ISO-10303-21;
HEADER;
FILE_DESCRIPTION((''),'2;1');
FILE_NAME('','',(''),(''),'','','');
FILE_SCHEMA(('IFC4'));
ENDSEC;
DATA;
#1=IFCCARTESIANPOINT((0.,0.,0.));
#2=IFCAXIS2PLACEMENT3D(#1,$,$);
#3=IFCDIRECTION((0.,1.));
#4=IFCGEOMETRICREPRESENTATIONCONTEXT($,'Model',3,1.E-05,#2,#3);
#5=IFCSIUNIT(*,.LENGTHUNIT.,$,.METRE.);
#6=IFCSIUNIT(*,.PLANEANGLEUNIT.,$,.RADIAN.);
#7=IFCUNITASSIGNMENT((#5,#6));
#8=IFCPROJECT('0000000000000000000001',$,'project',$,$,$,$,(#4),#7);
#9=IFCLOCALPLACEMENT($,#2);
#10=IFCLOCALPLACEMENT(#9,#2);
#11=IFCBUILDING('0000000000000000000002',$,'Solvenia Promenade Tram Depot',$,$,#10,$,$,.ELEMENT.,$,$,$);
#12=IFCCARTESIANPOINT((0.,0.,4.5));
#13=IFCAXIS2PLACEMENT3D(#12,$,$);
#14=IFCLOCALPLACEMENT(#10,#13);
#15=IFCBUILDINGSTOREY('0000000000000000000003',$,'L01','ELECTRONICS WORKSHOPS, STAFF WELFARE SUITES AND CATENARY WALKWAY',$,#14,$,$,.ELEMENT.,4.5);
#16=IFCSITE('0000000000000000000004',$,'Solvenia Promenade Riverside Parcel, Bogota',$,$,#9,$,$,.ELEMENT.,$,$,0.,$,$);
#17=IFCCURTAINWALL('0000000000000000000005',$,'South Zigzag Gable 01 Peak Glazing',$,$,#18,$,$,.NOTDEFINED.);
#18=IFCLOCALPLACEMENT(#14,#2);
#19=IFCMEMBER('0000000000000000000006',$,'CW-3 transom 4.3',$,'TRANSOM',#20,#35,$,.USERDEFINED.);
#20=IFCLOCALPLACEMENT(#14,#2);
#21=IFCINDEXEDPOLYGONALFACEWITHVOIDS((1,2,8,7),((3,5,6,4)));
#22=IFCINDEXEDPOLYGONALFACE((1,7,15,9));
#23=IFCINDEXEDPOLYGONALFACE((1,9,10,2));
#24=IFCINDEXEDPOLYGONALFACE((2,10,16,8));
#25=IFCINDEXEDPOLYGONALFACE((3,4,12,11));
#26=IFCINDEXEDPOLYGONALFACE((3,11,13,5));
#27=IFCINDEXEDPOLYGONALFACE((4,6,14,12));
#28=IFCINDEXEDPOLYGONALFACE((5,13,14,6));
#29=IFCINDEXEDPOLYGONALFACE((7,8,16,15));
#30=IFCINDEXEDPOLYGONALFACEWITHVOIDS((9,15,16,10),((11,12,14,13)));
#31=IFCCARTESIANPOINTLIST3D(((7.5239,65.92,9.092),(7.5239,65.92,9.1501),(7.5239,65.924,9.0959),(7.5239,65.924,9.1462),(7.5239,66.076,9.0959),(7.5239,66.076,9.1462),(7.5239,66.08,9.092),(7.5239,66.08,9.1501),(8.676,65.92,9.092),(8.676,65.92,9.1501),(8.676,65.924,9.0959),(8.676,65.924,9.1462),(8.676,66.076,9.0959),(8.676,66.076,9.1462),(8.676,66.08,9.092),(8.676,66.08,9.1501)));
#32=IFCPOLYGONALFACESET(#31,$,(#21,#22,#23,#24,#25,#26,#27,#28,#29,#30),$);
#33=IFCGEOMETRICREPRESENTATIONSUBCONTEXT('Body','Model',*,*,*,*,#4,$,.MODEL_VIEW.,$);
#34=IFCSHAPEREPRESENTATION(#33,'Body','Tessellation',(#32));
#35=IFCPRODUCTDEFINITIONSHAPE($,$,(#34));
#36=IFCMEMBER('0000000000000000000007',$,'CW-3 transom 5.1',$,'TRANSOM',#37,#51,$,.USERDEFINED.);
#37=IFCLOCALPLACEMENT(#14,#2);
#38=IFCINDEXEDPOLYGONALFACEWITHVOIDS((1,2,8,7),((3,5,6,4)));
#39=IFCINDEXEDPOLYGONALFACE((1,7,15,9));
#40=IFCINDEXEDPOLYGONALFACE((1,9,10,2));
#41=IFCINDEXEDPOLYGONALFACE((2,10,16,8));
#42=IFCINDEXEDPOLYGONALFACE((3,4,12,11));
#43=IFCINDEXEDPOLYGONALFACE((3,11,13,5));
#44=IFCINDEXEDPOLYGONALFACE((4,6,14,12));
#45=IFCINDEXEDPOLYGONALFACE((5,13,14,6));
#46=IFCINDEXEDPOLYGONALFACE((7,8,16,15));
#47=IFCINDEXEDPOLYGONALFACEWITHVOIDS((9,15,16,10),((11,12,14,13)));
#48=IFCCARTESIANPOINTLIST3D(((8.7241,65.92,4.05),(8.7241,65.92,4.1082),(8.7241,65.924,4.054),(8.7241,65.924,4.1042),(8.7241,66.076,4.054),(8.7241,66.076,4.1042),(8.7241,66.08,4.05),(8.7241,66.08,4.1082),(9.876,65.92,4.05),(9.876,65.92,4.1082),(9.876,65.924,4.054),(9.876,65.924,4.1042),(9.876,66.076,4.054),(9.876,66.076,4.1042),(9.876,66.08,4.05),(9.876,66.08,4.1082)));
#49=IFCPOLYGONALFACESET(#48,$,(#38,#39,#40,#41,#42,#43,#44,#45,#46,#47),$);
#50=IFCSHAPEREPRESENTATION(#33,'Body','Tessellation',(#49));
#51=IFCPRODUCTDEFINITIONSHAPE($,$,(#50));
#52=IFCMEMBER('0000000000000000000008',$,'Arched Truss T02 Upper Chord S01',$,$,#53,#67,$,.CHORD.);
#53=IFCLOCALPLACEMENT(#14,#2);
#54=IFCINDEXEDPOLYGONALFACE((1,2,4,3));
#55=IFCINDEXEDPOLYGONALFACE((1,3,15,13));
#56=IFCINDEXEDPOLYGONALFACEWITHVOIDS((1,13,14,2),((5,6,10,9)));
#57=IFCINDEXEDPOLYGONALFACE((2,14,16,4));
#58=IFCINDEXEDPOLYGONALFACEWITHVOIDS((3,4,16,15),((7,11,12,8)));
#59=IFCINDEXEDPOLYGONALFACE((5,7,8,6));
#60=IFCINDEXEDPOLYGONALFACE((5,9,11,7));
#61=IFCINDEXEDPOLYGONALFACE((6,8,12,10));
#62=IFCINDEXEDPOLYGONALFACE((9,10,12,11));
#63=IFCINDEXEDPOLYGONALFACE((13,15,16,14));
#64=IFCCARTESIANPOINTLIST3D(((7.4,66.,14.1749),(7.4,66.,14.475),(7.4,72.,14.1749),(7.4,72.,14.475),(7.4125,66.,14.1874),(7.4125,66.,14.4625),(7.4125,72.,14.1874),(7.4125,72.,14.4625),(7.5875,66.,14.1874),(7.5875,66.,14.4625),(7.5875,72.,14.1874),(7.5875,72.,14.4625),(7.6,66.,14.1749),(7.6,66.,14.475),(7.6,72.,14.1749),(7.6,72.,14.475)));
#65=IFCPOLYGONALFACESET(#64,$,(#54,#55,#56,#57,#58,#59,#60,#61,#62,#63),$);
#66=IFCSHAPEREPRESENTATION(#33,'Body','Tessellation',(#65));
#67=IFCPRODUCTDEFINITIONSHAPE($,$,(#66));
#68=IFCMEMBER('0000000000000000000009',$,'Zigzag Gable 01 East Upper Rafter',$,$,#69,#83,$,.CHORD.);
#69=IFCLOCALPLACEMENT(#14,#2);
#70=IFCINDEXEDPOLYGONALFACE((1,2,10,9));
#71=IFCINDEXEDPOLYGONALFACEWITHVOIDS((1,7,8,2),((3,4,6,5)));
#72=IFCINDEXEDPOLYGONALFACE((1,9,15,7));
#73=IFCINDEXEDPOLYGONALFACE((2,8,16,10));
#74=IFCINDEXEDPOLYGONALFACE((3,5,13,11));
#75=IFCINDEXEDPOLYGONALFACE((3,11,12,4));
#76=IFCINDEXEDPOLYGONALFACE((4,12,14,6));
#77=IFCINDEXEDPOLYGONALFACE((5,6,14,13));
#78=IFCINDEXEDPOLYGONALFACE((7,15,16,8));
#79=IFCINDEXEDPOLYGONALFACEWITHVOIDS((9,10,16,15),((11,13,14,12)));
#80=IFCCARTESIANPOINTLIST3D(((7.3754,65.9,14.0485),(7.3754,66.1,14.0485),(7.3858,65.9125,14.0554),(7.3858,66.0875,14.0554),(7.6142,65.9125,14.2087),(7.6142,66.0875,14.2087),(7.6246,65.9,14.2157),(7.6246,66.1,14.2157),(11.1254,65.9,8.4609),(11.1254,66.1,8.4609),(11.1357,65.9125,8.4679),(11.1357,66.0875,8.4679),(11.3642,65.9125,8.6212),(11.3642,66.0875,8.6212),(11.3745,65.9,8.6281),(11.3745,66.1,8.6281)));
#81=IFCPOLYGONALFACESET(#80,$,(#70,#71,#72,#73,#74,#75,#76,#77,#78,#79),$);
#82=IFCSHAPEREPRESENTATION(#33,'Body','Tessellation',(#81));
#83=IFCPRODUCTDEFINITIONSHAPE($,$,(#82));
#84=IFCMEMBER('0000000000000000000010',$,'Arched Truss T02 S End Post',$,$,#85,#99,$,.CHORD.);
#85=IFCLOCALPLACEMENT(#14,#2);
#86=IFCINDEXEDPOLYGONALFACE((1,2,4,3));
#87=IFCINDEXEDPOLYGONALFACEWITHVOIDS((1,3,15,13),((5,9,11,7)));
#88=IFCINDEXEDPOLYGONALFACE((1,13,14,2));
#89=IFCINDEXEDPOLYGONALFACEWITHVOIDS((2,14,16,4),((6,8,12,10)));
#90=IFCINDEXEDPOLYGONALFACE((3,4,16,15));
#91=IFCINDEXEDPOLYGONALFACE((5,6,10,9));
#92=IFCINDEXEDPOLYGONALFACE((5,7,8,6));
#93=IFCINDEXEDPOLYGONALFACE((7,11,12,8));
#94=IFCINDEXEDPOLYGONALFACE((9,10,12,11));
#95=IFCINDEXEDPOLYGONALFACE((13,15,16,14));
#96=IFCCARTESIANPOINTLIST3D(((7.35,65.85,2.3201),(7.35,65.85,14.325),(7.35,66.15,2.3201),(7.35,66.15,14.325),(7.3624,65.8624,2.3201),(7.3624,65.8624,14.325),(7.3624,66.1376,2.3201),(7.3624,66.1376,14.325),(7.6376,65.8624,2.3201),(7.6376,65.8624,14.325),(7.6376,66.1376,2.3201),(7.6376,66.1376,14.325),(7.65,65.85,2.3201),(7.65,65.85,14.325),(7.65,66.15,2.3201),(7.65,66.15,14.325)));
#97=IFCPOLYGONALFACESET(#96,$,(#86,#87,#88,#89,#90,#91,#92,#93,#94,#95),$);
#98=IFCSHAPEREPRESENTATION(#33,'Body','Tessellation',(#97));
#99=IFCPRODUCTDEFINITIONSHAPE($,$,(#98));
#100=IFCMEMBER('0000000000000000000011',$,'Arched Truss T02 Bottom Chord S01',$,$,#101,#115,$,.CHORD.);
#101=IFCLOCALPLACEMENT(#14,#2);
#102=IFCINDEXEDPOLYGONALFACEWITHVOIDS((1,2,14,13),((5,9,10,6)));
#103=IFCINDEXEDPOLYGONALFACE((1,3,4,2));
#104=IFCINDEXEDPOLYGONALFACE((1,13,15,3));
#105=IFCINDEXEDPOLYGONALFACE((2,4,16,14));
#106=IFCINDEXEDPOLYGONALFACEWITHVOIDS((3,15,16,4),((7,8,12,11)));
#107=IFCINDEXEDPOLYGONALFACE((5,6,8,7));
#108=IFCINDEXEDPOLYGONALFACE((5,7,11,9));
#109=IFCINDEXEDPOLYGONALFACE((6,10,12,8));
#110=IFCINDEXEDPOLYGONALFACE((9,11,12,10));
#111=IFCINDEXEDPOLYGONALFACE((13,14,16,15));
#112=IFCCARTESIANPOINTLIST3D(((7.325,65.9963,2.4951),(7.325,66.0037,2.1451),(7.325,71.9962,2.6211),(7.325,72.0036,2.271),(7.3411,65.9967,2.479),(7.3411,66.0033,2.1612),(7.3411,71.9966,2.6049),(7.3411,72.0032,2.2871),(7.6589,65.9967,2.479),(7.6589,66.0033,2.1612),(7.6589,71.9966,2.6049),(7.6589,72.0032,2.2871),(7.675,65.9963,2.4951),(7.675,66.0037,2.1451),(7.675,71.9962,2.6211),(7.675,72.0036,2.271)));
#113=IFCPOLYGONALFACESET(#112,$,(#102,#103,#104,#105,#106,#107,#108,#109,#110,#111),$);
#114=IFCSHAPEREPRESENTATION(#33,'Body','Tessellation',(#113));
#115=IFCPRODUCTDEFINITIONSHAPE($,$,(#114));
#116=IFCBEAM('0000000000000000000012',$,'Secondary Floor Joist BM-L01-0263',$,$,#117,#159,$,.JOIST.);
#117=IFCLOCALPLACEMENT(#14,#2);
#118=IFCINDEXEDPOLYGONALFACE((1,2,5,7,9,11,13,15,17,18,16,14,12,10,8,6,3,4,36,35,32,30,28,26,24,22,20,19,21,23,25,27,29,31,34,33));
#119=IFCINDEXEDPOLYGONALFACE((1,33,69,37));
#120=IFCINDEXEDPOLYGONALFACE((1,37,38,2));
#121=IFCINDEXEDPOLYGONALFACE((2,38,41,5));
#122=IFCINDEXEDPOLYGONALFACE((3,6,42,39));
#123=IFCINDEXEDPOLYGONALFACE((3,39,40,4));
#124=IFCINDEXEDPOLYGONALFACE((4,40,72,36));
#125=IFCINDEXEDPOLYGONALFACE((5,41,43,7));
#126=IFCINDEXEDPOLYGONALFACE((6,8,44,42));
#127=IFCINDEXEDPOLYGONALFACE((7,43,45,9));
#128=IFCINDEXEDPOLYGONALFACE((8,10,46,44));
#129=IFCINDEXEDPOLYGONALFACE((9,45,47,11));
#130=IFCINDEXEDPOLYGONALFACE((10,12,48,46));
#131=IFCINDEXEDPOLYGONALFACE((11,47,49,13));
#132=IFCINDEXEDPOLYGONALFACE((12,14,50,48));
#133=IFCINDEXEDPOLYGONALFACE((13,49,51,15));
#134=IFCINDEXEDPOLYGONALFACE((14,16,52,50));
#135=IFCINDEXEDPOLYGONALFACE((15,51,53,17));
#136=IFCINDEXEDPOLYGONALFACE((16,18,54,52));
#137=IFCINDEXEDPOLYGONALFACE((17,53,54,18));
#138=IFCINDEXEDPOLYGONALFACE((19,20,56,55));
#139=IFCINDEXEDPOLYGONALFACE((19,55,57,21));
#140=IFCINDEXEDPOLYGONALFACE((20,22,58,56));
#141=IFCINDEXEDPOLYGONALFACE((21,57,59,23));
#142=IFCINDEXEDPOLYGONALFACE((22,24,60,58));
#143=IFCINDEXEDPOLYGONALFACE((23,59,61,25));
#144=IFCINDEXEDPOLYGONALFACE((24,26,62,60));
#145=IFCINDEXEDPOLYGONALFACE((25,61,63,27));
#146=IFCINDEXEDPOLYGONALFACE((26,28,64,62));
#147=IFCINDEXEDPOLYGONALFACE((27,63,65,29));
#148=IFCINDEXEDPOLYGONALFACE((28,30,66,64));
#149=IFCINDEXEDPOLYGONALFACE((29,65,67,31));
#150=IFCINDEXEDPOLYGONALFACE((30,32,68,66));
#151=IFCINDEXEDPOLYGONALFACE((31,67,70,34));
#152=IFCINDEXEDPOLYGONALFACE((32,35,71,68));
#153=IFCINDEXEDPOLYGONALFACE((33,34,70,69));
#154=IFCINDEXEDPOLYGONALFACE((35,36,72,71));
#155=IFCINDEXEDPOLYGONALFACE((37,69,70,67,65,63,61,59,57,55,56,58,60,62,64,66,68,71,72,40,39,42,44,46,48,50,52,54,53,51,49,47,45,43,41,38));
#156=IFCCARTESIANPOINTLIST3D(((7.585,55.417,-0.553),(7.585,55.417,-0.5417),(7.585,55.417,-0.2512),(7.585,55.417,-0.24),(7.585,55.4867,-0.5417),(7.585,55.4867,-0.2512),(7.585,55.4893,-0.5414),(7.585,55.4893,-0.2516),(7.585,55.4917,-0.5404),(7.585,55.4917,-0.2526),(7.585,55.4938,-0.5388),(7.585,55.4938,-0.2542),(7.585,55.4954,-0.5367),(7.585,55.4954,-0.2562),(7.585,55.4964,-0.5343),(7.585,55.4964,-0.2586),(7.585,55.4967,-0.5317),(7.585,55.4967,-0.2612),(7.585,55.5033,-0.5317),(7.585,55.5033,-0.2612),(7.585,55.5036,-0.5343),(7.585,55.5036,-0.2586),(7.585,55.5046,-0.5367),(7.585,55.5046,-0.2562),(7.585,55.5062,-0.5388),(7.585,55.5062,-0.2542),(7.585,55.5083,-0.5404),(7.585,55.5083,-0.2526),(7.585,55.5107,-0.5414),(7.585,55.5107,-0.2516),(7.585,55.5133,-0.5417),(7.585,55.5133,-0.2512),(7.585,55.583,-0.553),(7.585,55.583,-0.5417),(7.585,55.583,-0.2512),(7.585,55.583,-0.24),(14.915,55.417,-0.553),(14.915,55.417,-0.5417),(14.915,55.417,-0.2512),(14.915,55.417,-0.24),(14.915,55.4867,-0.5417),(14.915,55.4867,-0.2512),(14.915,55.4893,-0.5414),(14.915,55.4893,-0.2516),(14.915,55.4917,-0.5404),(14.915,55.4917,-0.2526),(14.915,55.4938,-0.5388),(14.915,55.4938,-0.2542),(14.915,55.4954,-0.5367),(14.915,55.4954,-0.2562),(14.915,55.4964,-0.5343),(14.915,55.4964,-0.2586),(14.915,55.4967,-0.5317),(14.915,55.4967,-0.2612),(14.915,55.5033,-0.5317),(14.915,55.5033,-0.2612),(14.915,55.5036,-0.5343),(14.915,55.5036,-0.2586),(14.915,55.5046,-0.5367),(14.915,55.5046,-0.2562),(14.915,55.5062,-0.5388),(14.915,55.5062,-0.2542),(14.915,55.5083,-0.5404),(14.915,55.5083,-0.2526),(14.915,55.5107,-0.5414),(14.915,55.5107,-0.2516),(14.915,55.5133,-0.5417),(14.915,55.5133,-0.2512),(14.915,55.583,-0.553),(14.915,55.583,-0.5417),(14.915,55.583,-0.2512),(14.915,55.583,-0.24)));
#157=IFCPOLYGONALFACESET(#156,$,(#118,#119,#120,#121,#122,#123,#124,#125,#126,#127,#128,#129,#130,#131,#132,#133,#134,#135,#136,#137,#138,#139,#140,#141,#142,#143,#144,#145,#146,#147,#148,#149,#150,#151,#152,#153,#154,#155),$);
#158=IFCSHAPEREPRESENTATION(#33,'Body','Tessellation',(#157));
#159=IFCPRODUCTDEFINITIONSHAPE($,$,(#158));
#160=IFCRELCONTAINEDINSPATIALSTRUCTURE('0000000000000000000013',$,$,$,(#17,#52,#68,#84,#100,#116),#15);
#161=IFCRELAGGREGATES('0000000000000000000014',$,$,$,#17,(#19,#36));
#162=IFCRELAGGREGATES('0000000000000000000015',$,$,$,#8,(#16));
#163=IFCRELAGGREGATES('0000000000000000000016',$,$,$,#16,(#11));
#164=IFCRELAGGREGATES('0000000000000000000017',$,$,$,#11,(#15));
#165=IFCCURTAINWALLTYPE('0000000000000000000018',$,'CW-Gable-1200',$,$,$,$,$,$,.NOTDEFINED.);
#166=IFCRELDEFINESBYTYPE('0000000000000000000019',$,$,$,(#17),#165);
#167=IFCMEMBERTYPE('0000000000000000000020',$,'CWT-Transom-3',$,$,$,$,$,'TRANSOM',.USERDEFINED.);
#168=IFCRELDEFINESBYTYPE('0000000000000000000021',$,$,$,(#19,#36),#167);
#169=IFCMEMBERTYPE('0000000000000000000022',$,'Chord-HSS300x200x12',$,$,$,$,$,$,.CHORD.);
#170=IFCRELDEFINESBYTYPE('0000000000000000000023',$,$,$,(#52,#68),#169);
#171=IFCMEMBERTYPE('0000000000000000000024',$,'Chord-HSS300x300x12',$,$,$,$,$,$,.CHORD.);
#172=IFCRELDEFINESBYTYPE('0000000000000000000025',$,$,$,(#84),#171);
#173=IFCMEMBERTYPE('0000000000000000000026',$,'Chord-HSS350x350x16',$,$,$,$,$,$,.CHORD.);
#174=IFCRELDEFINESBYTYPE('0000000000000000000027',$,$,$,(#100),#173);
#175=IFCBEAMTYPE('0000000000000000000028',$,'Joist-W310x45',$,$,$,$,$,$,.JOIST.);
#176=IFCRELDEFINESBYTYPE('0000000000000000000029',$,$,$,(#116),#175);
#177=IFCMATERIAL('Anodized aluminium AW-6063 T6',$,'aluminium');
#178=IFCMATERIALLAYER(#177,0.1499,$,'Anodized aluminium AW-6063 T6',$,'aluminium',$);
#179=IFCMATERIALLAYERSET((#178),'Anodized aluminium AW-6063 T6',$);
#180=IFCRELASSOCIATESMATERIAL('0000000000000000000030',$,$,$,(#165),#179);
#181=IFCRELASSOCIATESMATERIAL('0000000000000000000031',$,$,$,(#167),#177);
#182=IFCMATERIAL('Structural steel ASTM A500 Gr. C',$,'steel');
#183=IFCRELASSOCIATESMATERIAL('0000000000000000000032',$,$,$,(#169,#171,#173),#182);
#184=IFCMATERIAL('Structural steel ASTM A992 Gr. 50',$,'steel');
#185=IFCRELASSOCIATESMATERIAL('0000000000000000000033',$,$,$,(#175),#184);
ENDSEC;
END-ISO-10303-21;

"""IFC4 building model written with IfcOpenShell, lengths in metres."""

from ifc_helpers import new_model, si_unit, direction, frame, origin, origin_2d, place, context, subcontext, project, spatial, hollow_rectangle, i_section, extrude, material, layer, layer_set, material_profile, profile_set, type_object, element, aggregate, save


model = new_model("IFC4")

# Units and contexts
model_context = context("Model", 3, precision=1e-05, world=origin(), true_north=direction((0.0, 1.0)))
body_context = subcontext(model_context, "Body", "Model", "MODEL_VIEW")
ifc_project = project(units=[si_unit("LENGTHUNIT", "METRE"), si_unit("PLANEANGLEUNIT", "RADIAN")], contexts=[model_context])

# Site, building, storey
site_placement = place(None, origin())
site = spatial("IfcSite", under=ifc_project, at=site_placement, Name="Solvenia Promenade Riverside Parcel, Bogota", CompositionType="ELEMENT", RefElevation=0.0)
building_placement = place(site_placement, origin())
building = spatial("IfcBuilding", under=site, at=building_placement, Name="Solvenia Promenade Tram Depot", CompositionType="ELEMENT")
storey_placement = place(building_placement, frame((0.0, 0.0, 4.5)))
storey = spatial("IfcBuildingStorey", under=building, at=storey_placement, Name="L01", Description="ELECTRONICS WORKSHOPS, STAFF WELFARE SUITES AND CATENARY WALKWAY", CompositionType="ELEMENT", Elevation=4.5)

# Shared definitions
ifc_material_1 = material(Name="Structural steel ASTM A992 Gr. 50", Category="steel")

# Shared definitions
ifc_material_2 = material(Name="Structural steel ASTM A500 Gr. C", Category="steel")

# Curtain wall, members
ifc_material_3 = material(Name="Anodized aluminium AW-6063 T6", Category="aluminium")
ifc_layer_1 = layer(ifc_material_3, 0.1499, Name="Anodized aluminium AW-6063 T6", Category="aluminium")
ifc_layer_set_1 = layer_set([ifc_layer_1], Name="Anodized aluminium AW-6063 T6")
curtain_wall_type = type_object("IfcCurtainWallType", Name="CW-Gable-1200", PredefinedType="NOTDEFINED", material=ifc_layer_set_1)
curtain_wall_placement = place(storey_placement, origin())
curtain_wall = element("IfcCurtainWall", 1, at=curtain_wall_placement, inside=storey, type_object=curtain_wall_type, Name="South Zigzag Gable 01 Peak Glazing", PredefinedType="NOTDEFINED")
ifc_material_profile_1 = material_profile(ifc_material_3, hollow_rectangle(XDim=0.1599, YDim=0.0581, WallThickness=0.0039, at=origin_2d()), Name="ALU-T3", Category="aluminium")
ifc_profile_set_1 = profile_set([ifc_material_profile_1], Name="Anodized aluminium AW-6063 T6")
member_type_1 = type_object("IfcMemberType", Name="CWT-Transom-3", ElementType="TRANSOM", PredefinedType="USERDEFINED", material=ifc_profile_set_1)
member_1_placement = place(storey_placement, frame((7.5239, 66.0, 9.1211), z_axis=(1.0, 0.0, 0.0), x_axis=(0.0, 1.0, 0.0)))
member_1 = element("IfcMember", 2, at=member_1_placement, type_object=member_type_1, Name="CW-3 transom 4.3", ObjectType="TRANSOM", PredefinedType="USERDEFINED", context=body_context, shape_type="SweptSolid", body=[
    extrude(hollow_rectangle(XDim=0.1599, YDim=0.0581, WallThickness=0.0039, at=origin_2d()), origin(), (0.0, 0.0, 1.0), 1.1521),
])
member_2_placement = place(storey_placement, frame((8.7241, 66.0, 4.0791), z_axis=(1.0, 0.0, 0.0), x_axis=(0.0, 1.0, 0.0)))
member_2 = element("IfcMember", 3, at=member_2_placement, type_object=member_type_1, Name="CW-3 transom 5.1", ObjectType="TRANSOM", PredefinedType="USERDEFINED", context=body_context, shape_type="SweptSolid", body=[
    extrude(hollow_rectangle(XDim=0.1599, YDim=0.0581, WallThickness=0.0039, at=origin_2d()), origin(), (0.0, 0.0, 1.0), 1.1519),
])

# Members
ifc_material_profile_2 = material_profile(ifc_material_2, hollow_rectangle(XDim=0.2, YDim=0.3, WallThickness=0.0125, at=origin_2d()), Name="HSS300x200x12.5", Category="steel")
ifc_profile_set_2 = profile_set([ifc_material_profile_2], Name="Structural steel ASTM A500 Gr. C")
member_type_2 = type_object("IfcMemberType", Name="Chord-HSS300x200x12", PredefinedType="CHORD", material=ifc_profile_set_2)
member_3_placement = place(storey_placement, frame((7.5, 66.0, 14.325), z_axis=(0.0, 1.0, 0.0), x_axis=(-1.0, 0.0, 0.0)))
element("IfcMember", 4, at=member_3_placement, inside=storey, type_object=member_type_2, Name="Arched Truss T02 Upper Chord S01", PredefinedType="CHORD", context=body_context, shape_type="SweptSolid", body=[
    extrude(hollow_rectangle(XDim=0.2, YDim=0.3, WallThickness=0.0125, at=origin_2d()), origin(), (0.0, 0.0, 1.0), 6.0),
])
member_4_placement = place(storey_placement, frame((7.5, 66.0, 14.1321), z_axis=(0.557259, 0.0, -0.830338), x_axis=(0.0, 1.0, 0.0)))
element("IfcMember", 5, at=member_4_placement, inside=storey, type_object=member_type_2, Name="Zigzag Gable 01 East Upper Rafter", PredefinedType="CHORD", context=body_context, shape_type="SweptSolid", body=[
    extrude(hollow_rectangle(XDim=0.2, YDim=0.3, WallThickness=0.0125, at=origin_2d()), origin(), (0.0, 0.0, 1.0), 6.7292),
])
ifc_material_profile_3 = material_profile(ifc_material_2, hollow_rectangle(XDim=0.3, YDim=0.3, WallThickness=0.0125, at=origin_2d()), Name="HSS300x300x12.5", Category="steel")
ifc_profile_set_3 = profile_set([ifc_material_profile_3], Name="Structural steel ASTM A500 Gr. C")
member_type_3 = type_object("IfcMemberType", Name="Chord-HSS300x300x12", PredefinedType="CHORD", material=ifc_profile_set_3)
member_5_placement = place(storey_placement, frame((7.5, 66.0, 2.3201), z_axis=(0.0, 0.0, 1.0), x_axis=(1.0, 0.0, 0.0)))
element("IfcMember", 6, at=member_5_placement, inside=storey, type_object=member_type_3, Name="Arched Truss T02 S End Post", PredefinedType="CHORD", context=body_context, shape_type="SweptSolid", body=[
    extrude(hollow_rectangle(XDim=0.3, YDim=0.3, WallThickness=0.0125, at=origin_2d()), origin(), (0.0, 0.0, 1.0), 12.0049),
])
ifc_material_profile_4 = material_profile(ifc_material_2, hollow_rectangle(XDim=0.3501, YDim=0.3501, WallThickness=0.0161, at=origin_2d()), Name="HSS350x350x16", Category="steel")
ifc_profile_set_4 = profile_set([ifc_material_profile_4], Name="Structural steel ASTM A500 Gr. C")
member_type_4 = type_object("IfcMemberType", Name="Chord-HSS350x350x16", PredefinedType="CHORD", material=ifc_profile_set_4)
member_6_placement = place(storey_placement, frame((7.5, 66.0, 2.3201), z_axis=(0.0, 0.99978, 0.020991), x_axis=(-1.0, 0.0, 0.0)))
element("IfcMember", 7, at=member_6_placement, inside=storey, type_object=member_type_4, Name="Arched Truss T02 Bottom Chord S01", PredefinedType="CHORD", context=body_context, shape_type="SweptSolid", body=[
    extrude(hollow_rectangle(XDim=0.3501, YDim=0.3501, WallThickness=0.0161, at=origin_2d()), origin(), (0.0, 0.0, 1.0), 6.0012),
])

# Beam
ifc_material_profile_5 = material_profile(ifc_material_1, i_section(OverallWidth=0.166, OverallDepth=0.313, WebThickness=0.0066, FlangeThickness=0.0112, FilletRadius=0.01, at=origin_2d()), Name="W310x45", Category="steel")
ifc_profile_set_5 = profile_set([ifc_material_profile_5], Name="Structural steel ASTM A992 Gr. 50")
beam_type_1 = type_object("IfcBeamType", Name="Joist-W310x45", PredefinedType="JOIST", material=ifc_profile_set_5)
for number, where, z_axis, x_axis, name in (
    (8, (7.585, 55.5, -0.3965), (1.0, 0.0, 0.0), (0.0, 1.0, 0.0), "Secondary Floor Joist BM-L01-0263"),
):
    element("IfcBeam", number, at=place(storey_placement, frame(where, z_axis=z_axis, x_axis=x_axis)), inside=storey, type_object=beam_type_1, Name=name, PredefinedType="JOIST", context=body_context, shape_type="SweptSolid", body=[
        extrude(i_section(OverallWidth=0.166, OverallDepth=0.313, WebThickness=0.0066, FlangeThickness=0.0112, FilletRadius=0.01, at=origin_2d()), origin(), (0.0, 0.0, 1.0), 7.3301),
    ])

aggregate(curtain_wall, [member_1, member_2])

save(model, "model.ifc")
